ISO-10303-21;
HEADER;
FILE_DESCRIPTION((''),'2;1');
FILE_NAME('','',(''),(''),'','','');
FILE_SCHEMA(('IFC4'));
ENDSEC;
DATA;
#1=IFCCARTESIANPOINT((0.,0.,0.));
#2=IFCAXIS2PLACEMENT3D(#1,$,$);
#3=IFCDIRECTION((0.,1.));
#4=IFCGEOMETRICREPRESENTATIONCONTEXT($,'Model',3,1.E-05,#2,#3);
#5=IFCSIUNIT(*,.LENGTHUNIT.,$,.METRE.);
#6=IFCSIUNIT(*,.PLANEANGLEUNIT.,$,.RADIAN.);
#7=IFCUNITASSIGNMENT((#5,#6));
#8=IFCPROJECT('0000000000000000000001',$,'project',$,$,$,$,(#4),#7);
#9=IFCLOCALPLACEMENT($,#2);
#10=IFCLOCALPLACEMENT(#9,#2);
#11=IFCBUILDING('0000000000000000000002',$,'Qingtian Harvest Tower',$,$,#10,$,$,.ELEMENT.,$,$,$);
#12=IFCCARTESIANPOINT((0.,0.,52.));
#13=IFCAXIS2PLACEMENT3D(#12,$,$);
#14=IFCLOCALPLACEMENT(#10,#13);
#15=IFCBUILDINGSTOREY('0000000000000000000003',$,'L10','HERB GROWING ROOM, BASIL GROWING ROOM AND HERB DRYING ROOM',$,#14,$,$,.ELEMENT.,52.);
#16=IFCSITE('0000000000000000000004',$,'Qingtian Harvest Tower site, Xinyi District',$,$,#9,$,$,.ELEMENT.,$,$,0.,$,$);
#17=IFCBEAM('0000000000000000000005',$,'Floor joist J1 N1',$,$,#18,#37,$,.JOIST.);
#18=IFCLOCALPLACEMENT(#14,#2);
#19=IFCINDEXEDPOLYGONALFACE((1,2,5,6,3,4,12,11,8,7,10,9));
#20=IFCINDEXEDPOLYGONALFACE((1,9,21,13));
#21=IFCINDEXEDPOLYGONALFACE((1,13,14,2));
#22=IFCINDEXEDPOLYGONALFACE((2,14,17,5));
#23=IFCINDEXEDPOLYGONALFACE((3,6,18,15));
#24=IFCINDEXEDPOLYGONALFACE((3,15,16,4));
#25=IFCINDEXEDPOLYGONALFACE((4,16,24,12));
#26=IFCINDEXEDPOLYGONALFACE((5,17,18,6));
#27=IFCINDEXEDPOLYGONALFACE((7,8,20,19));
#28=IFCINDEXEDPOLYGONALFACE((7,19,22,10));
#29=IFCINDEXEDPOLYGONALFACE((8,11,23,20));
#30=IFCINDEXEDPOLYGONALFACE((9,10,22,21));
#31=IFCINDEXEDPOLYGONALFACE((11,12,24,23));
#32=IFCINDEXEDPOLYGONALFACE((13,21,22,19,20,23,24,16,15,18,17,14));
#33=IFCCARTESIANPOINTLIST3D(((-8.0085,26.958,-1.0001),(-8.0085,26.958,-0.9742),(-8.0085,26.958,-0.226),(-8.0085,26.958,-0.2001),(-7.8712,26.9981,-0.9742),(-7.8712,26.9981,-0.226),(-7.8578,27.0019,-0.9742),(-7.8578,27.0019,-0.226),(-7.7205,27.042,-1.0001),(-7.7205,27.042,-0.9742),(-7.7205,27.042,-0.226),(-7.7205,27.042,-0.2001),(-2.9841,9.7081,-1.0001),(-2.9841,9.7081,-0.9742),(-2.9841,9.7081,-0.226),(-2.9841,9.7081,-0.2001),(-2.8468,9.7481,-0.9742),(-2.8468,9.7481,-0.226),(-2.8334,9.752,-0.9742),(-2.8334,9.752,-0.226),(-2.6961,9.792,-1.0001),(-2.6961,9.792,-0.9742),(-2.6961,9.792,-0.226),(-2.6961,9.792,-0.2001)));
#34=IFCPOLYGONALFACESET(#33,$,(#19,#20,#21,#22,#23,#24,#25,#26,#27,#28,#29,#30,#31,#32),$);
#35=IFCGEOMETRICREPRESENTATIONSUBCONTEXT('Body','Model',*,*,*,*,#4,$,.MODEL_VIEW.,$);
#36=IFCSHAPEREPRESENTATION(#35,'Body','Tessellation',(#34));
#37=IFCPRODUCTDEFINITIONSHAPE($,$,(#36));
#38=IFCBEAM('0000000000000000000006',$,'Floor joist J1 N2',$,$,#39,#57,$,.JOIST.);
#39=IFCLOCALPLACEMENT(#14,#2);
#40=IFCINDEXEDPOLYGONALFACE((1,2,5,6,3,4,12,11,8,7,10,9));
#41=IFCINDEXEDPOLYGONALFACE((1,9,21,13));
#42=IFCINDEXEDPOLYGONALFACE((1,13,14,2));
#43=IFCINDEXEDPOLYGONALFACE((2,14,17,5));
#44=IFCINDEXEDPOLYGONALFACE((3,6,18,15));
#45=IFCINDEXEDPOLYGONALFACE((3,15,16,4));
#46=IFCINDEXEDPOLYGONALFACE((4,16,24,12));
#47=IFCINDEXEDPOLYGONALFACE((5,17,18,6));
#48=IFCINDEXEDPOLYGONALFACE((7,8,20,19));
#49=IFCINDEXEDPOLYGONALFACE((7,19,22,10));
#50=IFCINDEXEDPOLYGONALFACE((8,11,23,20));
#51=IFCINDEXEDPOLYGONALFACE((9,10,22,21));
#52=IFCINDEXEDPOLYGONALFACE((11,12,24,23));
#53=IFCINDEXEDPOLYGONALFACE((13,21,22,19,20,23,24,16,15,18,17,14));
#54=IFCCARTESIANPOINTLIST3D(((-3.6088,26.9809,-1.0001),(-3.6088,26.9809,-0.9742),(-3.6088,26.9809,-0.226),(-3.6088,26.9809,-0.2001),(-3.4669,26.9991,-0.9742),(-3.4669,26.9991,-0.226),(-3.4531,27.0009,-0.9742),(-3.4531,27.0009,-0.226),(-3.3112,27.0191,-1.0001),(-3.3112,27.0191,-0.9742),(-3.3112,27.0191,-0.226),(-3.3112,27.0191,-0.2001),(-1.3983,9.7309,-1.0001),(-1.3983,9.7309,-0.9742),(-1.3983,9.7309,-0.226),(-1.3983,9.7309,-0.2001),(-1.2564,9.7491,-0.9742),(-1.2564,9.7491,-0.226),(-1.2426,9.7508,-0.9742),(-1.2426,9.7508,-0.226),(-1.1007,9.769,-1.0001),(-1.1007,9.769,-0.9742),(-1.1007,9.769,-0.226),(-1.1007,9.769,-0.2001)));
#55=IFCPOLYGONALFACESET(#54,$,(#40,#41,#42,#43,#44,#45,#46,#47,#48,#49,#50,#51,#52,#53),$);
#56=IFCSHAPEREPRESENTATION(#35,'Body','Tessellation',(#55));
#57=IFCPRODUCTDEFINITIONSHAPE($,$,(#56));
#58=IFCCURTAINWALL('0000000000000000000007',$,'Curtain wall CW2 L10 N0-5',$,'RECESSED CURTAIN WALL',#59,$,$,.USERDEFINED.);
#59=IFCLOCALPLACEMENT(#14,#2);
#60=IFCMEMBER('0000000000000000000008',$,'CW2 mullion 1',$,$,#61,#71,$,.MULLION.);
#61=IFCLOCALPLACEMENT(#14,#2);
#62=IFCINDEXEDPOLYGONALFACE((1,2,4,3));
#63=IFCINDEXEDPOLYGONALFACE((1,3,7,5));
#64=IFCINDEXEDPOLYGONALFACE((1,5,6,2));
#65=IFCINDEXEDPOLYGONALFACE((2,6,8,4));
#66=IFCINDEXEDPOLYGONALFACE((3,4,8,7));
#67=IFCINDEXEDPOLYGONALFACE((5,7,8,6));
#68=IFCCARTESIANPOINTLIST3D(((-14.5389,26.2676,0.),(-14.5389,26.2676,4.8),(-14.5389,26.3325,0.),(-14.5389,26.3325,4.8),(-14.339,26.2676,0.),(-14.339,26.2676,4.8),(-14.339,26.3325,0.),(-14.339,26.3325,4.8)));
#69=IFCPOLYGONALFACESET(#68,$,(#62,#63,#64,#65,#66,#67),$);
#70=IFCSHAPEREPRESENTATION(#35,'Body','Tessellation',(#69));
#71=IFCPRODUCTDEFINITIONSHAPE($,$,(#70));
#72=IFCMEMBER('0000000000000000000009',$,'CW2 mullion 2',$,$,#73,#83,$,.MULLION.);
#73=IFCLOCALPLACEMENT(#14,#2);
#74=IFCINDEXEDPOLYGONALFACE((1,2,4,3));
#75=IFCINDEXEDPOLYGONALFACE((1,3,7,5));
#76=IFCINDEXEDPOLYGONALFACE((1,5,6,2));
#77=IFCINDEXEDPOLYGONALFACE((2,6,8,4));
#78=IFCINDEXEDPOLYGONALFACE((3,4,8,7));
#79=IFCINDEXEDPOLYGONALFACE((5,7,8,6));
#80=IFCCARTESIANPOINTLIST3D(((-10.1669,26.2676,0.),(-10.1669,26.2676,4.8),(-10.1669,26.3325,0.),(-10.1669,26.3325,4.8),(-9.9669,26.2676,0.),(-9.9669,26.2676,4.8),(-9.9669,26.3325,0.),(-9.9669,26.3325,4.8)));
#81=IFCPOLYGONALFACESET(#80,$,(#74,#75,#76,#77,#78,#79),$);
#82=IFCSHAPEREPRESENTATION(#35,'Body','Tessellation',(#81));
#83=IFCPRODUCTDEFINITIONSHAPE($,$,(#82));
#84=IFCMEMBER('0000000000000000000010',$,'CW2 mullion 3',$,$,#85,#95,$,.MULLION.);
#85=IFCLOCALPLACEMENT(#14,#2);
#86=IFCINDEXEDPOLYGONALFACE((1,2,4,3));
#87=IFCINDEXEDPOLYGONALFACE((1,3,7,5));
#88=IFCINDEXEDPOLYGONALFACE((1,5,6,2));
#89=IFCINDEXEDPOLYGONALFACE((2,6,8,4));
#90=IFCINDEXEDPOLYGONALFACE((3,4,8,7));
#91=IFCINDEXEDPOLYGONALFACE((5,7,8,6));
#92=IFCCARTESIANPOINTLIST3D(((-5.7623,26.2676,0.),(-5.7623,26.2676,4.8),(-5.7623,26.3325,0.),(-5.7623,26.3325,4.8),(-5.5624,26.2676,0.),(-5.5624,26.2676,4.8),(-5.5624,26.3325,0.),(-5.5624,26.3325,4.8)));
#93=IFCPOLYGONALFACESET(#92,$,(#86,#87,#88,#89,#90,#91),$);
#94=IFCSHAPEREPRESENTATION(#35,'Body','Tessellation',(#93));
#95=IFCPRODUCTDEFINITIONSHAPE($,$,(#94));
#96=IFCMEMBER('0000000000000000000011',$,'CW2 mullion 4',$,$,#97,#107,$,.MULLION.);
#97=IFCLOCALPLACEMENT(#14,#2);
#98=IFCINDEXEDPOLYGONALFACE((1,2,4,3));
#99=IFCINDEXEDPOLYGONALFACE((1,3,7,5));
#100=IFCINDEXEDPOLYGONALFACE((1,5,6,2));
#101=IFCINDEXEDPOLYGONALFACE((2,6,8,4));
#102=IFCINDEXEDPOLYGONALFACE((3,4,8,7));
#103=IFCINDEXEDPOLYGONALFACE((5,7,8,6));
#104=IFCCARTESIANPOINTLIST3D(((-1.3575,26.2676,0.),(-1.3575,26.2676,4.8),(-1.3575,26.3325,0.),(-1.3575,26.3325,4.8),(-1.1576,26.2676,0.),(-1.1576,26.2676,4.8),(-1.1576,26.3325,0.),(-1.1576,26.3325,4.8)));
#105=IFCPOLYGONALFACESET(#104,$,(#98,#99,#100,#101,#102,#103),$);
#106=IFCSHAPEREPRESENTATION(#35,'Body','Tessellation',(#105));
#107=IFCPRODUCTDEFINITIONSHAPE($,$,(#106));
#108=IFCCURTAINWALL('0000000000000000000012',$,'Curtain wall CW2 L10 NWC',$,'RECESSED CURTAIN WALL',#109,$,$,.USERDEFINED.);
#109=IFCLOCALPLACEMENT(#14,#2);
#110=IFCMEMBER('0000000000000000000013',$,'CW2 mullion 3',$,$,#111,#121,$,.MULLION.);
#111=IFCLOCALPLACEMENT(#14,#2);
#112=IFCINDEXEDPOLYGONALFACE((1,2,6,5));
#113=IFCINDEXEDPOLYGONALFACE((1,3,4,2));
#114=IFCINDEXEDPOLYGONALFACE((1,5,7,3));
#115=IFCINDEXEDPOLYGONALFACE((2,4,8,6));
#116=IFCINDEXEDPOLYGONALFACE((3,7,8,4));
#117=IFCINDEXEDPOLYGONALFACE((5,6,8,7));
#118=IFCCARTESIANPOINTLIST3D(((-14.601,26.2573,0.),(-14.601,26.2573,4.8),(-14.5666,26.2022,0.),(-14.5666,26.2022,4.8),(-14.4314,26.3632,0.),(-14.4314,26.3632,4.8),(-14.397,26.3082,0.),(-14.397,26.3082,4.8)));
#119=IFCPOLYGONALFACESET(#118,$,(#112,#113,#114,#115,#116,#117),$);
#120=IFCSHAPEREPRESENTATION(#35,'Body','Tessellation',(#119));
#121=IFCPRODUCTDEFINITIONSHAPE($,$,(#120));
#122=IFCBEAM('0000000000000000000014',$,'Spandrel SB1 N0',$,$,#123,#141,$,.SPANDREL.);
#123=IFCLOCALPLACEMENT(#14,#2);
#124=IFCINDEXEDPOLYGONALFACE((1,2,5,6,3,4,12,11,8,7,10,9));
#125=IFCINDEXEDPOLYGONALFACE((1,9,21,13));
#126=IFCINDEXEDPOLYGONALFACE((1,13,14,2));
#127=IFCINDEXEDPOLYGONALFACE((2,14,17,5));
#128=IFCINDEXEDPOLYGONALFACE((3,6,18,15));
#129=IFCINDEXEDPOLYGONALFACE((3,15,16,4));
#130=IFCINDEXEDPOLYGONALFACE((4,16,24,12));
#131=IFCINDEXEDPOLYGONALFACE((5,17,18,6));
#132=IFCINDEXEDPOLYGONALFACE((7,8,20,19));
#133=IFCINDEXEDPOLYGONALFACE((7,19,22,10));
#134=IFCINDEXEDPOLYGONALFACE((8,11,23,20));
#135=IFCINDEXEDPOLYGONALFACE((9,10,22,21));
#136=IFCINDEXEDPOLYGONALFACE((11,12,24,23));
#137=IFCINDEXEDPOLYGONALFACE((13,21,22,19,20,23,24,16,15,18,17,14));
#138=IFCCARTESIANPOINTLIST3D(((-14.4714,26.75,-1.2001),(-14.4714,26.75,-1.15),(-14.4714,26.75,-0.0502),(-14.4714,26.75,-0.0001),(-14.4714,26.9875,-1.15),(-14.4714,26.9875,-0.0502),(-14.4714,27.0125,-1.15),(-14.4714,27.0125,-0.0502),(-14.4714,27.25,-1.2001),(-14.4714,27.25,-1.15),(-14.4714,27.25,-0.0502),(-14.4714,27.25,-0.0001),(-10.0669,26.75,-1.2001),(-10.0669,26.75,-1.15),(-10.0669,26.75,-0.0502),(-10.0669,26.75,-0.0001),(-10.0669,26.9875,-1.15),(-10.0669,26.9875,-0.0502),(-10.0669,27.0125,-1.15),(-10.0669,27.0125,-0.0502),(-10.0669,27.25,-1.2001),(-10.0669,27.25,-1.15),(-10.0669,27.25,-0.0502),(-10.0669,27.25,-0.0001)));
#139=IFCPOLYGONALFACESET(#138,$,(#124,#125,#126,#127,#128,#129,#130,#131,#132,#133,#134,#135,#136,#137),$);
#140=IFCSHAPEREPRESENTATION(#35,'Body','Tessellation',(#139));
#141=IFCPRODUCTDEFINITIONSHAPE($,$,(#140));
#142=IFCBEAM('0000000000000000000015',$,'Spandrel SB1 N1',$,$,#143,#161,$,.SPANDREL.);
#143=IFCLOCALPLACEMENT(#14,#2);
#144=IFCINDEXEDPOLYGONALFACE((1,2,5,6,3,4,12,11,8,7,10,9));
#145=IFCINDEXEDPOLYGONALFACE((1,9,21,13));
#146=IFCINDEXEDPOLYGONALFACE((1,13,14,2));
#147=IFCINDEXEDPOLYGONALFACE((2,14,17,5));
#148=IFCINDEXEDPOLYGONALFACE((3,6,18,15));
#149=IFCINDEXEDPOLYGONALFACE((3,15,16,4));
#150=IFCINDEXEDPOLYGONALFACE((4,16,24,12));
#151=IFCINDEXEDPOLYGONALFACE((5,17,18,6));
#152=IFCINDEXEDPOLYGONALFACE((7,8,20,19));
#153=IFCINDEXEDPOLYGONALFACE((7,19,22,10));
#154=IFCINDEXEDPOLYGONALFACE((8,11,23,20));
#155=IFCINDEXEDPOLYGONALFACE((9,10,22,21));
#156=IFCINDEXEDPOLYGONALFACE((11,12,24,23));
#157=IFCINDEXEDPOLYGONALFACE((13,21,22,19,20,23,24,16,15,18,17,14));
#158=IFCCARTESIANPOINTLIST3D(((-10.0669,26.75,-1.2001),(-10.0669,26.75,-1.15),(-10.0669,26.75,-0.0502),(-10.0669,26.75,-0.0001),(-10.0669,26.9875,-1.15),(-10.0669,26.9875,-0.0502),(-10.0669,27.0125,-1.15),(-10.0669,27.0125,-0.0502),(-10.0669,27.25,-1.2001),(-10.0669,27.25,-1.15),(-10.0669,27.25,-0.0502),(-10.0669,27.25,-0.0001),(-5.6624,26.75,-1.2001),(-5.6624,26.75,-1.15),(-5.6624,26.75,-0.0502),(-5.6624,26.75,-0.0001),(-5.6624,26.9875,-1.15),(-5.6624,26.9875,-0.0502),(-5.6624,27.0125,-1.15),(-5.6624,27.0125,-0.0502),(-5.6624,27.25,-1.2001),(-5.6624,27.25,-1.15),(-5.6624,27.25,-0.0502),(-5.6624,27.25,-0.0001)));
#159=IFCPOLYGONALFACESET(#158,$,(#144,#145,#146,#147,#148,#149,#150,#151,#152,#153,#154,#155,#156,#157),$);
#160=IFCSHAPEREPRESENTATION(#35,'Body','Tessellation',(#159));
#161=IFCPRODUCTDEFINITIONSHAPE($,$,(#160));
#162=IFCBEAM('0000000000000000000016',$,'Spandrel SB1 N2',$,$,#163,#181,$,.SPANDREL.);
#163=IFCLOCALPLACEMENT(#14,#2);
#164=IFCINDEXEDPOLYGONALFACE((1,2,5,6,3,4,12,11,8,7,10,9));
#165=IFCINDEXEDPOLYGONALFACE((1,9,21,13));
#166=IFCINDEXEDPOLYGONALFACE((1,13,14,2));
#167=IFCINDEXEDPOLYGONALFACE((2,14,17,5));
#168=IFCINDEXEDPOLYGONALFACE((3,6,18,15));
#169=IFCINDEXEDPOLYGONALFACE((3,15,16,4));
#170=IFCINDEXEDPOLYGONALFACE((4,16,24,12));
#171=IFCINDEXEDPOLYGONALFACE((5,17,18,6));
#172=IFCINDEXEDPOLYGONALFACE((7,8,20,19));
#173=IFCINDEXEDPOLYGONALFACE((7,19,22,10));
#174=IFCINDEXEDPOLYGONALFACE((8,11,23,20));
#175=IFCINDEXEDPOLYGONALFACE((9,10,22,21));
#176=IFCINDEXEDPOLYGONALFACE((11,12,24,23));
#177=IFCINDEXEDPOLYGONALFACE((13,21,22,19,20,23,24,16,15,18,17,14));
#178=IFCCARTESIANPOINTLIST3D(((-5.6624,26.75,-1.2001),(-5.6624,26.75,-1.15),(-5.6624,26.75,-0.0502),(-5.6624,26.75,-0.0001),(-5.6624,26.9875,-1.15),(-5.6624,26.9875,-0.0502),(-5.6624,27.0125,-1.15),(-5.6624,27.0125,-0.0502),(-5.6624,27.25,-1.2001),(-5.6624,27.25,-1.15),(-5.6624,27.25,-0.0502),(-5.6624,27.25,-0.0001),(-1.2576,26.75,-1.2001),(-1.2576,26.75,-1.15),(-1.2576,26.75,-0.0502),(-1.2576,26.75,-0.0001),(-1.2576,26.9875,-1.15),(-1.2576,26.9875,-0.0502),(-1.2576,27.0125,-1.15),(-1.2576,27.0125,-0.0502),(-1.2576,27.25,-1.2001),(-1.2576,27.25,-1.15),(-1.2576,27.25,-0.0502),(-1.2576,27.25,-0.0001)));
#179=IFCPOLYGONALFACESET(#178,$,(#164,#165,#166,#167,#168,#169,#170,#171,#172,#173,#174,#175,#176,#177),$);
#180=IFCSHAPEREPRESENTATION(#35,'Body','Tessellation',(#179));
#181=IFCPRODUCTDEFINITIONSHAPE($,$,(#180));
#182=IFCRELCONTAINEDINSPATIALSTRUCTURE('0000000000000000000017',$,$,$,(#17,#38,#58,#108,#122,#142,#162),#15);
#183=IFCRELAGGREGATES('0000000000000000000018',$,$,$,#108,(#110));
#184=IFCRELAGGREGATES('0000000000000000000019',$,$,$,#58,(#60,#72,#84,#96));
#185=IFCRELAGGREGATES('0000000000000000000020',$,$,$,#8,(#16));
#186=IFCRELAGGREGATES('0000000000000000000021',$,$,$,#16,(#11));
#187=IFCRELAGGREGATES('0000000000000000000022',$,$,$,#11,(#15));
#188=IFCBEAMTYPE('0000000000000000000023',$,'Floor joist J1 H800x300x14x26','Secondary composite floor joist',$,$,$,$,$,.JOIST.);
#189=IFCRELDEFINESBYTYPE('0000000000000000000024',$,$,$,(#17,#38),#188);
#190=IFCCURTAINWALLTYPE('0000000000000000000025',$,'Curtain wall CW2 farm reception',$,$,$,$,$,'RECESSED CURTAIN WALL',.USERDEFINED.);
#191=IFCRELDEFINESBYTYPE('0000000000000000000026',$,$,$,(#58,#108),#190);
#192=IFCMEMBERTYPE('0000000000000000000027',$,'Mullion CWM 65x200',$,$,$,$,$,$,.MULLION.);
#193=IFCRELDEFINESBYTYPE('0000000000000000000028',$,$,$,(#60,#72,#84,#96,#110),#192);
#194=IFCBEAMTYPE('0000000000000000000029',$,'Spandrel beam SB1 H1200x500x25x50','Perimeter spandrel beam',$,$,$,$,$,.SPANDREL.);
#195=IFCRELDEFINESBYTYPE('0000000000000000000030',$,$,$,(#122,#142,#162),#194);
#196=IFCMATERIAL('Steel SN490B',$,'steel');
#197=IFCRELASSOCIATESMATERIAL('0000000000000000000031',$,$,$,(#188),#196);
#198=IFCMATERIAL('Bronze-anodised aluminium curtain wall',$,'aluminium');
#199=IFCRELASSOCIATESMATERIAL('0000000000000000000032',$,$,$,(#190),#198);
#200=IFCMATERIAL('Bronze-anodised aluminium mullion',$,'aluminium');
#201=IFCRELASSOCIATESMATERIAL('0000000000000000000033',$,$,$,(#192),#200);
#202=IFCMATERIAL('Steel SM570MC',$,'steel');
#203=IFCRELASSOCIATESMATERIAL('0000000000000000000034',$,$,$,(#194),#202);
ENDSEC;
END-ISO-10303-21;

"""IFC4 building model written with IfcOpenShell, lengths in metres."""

from ifc_helpers import new_model, si_unit, direction, frame, origin, origin_2d, place, context, subcontext, project, spatial, rectangle, i_section, extrude, material, material_profile, profile_set, type_object, element, aggregate, save


model = new_model("IFC4")

# Units and contexts
model_context = context("Model", 3, precision=1e-05, world=origin(), true_north=direction((0.0, 1.0)))
body_context = subcontext(model_context, "Body", "Model", "MODEL_VIEW")
ifc_project = project(units=[si_unit("LENGTHUNIT", "METRE"), si_unit("PLANEANGLEUNIT", "RADIAN")], contexts=[model_context])

# Site, building, storey
site_placement = place(None, origin())
site = spatial("IfcSite", under=ifc_project, at=site_placement, Name="Qingtian Harvest Tower site, Xinyi District", CompositionType="ELEMENT", RefElevation=0.0)
building_placement = place(site_placement, origin())
building = spatial("IfcBuilding", under=site, at=building_placement, Name="Qingtian Harvest Tower", CompositionType="ELEMENT")
storey_placement = place(building_placement, frame((0.0, 0.0, 52.0)))
storey = spatial("IfcBuildingStorey", under=building, at=storey_placement, Name="L10", Description="HERB GROWING ROOM, BASIL GROWING ROOM AND HERB DRYING ROOM", CompositionType="ELEMENT", Elevation=52.0)

# Beams
ifc_material_1 = material(Name="Steel SN490B", Category="steel")
ifc_material_profile_1 = material_profile(ifc_material_1, i_section(OverallWidth=0.3, OverallDepth=0.8, WebThickness=0.0139, FlangeThickness=0.0259, at=origin_2d()), Name="H800x300x14x26")
ifc_profile_set_1 = profile_set([ifc_material_profile_1], Name="Steel SN490B")
beam_type_1 = type_object("IfcBeamType", Name="Floor joist J1 H800x300x14x26", Description="Secondary composite floor joist", PredefinedType="JOIST", material=ifc_profile_set_1)
beam_1_placement = place(storey_placement, frame((-7.8645, 27.0, -0.6001), z_axis=(0.279649, -0.960102, 0.0), x_axis=(0.960102, 0.279649, 0.0)))
element("IfcBeam", 1, at=beam_1_placement, inside=storey, type_object=beam_type_1, Name="Floor joist J1 N1", PredefinedType="JOIST", context=body_context, shape_type="SweptSolid", body=[
    extrude(i_section(OverallWidth=0.3, OverallDepth=0.8, WebThickness=0.0139, FlangeThickness=0.0259, at=origin_2d()), origin(), (0.0, 0.0, 1.0), 17.9668),
])
beam_2_placement = place(storey_placement, frame((-3.46, 27.0, -0.6001), z_axis=(0.127103, -0.99189, 0.0), x_axis=(0.99189, 0.127103, 0.0)))
element("IfcBeam", 2, at=beam_2_placement, inside=storey, type_object=beam_type_1, Name="Floor joist J1 N2", PredefinedType="JOIST", context=body_context, shape_type="SweptSolid", body=[
    extrude(i_section(OverallWidth=0.3, OverallDepth=0.8, WebThickness=0.0139, FlangeThickness=0.0259, at=origin_2d()), origin(), (0.0, 0.0, 1.0), 17.3911),
])

# Curtain wall, members
ifc_material_2 = material(Name="Bronze-anodised aluminium curtain wall", Category="aluminium")
curtain_wall_type = type_object("IfcCurtainWallType", Name="Curtain wall CW2 farm reception", ElementType="RECESSED CURTAIN WALL", PredefinedType="USERDEFINED", material=ifc_material_2)
curtain_wall_1_placement = place(storey_placement, origin())
curtain_wall_1 = element("IfcCurtainWall", 3, at=curtain_wall_1_placement, inside=storey, type_object=curtain_wall_type, Name="Curtain wall CW2 L10 N0-5", ObjectType="RECESSED CURTAIN WALL", PredefinedType="USERDEFINED")
ifc_material_3 = material(Name="Bronze-anodised aluminium mullion", Category="aluminium")
ifc_material_profile_2 = material_profile(ifc_material_3, rectangle(XDim=0.0649, YDim=0.2, at=origin_2d()), Name="AL 65x200")
ifc_profile_set_2 = profile_set([ifc_material_profile_2], Name="Bronze-anodised aluminium mullion")
member_type_1 = type_object("IfcMemberType", Name="Mullion CWM 65x200", PredefinedType="MULLION", material=ifc_profile_set_2)
member_1_placement = place(storey_placement, frame((-14.439, 26.3, 0.0), z_axis=(0.0, 0.0, 1.0), x_axis=(0.0, 1.0, 0.0)))
member_1 = element("IfcMember", 4, at=member_1_placement, type_object=member_type_1, Name="CW2 mullion 1", PredefinedType="MULLION", context=body_context, shape_type="SweptSolid", body=[
    extrude(rectangle(XDim=0.0649, YDim=0.2, at=origin_2d()), origin(), (0.0, 0.0, 1.0), 4.8),
])
member_2_placement = place(storey_placement, frame((-10.0669, 26.3, 0.0), z_axis=(0.0, 0.0, 1.0), x_axis=(0.0, 1.0, 0.0)))
member_2 = element("IfcMember", 5, at=member_2_placement, type_object=member_type_1, Name="CW2 mullion 2", PredefinedType="MULLION", context=body_context, shape_type="SweptSolid", body=[
    extrude(rectangle(XDim=0.0649, YDim=0.2, at=origin_2d()), origin(), (0.0, 0.0, 1.0), 4.8),
])
member_3_placement = place(storey_placement, frame((-5.6624, 26.3, 0.0), z_axis=(0.0, 0.0, 1.0), x_axis=(0.0, 1.0, 0.0)))
member_3 = element("IfcMember", 6, at=member_3_placement, type_object=member_type_1, Name="CW2 mullion 3", PredefinedType="MULLION", context=body_context, shape_type="SweptSolid", body=[
    extrude(rectangle(XDim=0.0649, YDim=0.2, at=origin_2d()), origin(), (0.0, 0.0, 1.0), 4.8),
])
member_4_placement = place(storey_placement, frame((-1.2576, 26.3, 0.0), z_axis=(0.0, 0.0, 1.0), x_axis=(0.0, 1.0, 0.0)))
member_4 = element("IfcMember", 7, at=member_4_placement, type_object=member_type_1, Name="CW2 mullion 4", PredefinedType="MULLION", context=body_context, shape_type="SweptSolid", body=[
    extrude(rectangle(XDim=0.0649, YDim=0.2, at=origin_2d()), origin(), (0.0, 0.0, 1.0), 4.8),
])

# Curtain wall, member
curtain_wall_2_placement = place(storey_placement, origin())
curtain_wall_2 = element("IfcCurtainWall", 8, at=curtain_wall_2_placement, inside=storey, type_object=curtain_wall_type, Name="Curtain wall CW2 L10 NWC", ObjectType="RECESSED CURTAIN WALL", PredefinedType="USERDEFINED")
member_5_placement = place(storey_placement, frame((-14.499, 26.2827, 0.0), z_axis=(0.0, 0.0, 1.0), x_axis=(-0.529919, 0.848048, 0.0)))
member_5 = element("IfcMember", 9, at=member_5_placement, type_object=member_type_1, Name="CW2 mullion 3", PredefinedType="MULLION", context=body_context, shape_type="SweptSolid", body=[
    extrude(rectangle(XDim=0.0649, YDim=0.2, at=origin_2d()), origin(), (0.0, 0.0, 1.0), 4.8),
])
aggregate(curtain_wall_2, [member_5])

# Beams
ifc_material_4 = material(Name="Steel SM570MC", Category="steel")
ifc_material_profile_3 = material_profile(ifc_material_4, i_section(OverallWidth=0.5, OverallDepth=1.2, WebThickness=0.0249, FlangeThickness=0.05, at=origin_2d()), Name="H1200x500x25x50")
ifc_profile_set_3 = profile_set([ifc_material_profile_3], Name="Steel SM570MC")
beam_type_2 = type_object("IfcBeamType", Name="Spandrel beam SB1 H1200x500x25x50", Description="Perimeter spandrel beam", PredefinedType="SPANDREL", material=ifc_profile_set_3)
for number, where, z_axis, x_axis, name in (
    (10, (-14.4714, 27.0, -0.6001), (1.0, 0.0, 0.0), (0.0, 1.0, 0.0), "Spandrel SB1 N0"),
    (11, (-10.0669, 27.0, -0.6001), (1.0, 0.0, 0.0), (0.0, 1.0, 0.0), "Spandrel SB1 N1"),
):
    element("IfcBeam", number, at=place(storey_placement, frame(where, z_axis=z_axis, x_axis=x_axis)), inside=storey, type_object=beam_type_2, Name=name, PredefinedType="SPANDREL", context=body_context, shape_type="SweptSolid", body=[
        extrude(i_section(OverallWidth=0.5, OverallDepth=1.2, WebThickness=0.0249, FlangeThickness=0.05, at=origin_2d()), origin(), (0.0, 0.0, 1.0), 4.4045),
    ])
beam_3_placement = place(storey_placement, frame((-5.6624, 27.0, -0.6001), z_axis=(1.0, 0.0, 0.0), x_axis=(0.0, 1.0, 0.0)))
element("IfcBeam", 12, at=beam_3_placement, inside=storey, type_object=beam_type_2, Name="Spandrel SB1 N2", PredefinedType="SPANDREL", context=body_context, shape_type="SweptSolid", body=[
    extrude(i_section(OverallWidth=0.5, OverallDepth=1.2, WebThickness=0.0249, FlangeThickness=0.05, at=origin_2d()), origin(), (0.0, 0.0, 1.0), 4.4048),
])

aggregate(curtain_wall_1, [member_1, member_2, member_3, member_4])

save(model, "model.ifc")
